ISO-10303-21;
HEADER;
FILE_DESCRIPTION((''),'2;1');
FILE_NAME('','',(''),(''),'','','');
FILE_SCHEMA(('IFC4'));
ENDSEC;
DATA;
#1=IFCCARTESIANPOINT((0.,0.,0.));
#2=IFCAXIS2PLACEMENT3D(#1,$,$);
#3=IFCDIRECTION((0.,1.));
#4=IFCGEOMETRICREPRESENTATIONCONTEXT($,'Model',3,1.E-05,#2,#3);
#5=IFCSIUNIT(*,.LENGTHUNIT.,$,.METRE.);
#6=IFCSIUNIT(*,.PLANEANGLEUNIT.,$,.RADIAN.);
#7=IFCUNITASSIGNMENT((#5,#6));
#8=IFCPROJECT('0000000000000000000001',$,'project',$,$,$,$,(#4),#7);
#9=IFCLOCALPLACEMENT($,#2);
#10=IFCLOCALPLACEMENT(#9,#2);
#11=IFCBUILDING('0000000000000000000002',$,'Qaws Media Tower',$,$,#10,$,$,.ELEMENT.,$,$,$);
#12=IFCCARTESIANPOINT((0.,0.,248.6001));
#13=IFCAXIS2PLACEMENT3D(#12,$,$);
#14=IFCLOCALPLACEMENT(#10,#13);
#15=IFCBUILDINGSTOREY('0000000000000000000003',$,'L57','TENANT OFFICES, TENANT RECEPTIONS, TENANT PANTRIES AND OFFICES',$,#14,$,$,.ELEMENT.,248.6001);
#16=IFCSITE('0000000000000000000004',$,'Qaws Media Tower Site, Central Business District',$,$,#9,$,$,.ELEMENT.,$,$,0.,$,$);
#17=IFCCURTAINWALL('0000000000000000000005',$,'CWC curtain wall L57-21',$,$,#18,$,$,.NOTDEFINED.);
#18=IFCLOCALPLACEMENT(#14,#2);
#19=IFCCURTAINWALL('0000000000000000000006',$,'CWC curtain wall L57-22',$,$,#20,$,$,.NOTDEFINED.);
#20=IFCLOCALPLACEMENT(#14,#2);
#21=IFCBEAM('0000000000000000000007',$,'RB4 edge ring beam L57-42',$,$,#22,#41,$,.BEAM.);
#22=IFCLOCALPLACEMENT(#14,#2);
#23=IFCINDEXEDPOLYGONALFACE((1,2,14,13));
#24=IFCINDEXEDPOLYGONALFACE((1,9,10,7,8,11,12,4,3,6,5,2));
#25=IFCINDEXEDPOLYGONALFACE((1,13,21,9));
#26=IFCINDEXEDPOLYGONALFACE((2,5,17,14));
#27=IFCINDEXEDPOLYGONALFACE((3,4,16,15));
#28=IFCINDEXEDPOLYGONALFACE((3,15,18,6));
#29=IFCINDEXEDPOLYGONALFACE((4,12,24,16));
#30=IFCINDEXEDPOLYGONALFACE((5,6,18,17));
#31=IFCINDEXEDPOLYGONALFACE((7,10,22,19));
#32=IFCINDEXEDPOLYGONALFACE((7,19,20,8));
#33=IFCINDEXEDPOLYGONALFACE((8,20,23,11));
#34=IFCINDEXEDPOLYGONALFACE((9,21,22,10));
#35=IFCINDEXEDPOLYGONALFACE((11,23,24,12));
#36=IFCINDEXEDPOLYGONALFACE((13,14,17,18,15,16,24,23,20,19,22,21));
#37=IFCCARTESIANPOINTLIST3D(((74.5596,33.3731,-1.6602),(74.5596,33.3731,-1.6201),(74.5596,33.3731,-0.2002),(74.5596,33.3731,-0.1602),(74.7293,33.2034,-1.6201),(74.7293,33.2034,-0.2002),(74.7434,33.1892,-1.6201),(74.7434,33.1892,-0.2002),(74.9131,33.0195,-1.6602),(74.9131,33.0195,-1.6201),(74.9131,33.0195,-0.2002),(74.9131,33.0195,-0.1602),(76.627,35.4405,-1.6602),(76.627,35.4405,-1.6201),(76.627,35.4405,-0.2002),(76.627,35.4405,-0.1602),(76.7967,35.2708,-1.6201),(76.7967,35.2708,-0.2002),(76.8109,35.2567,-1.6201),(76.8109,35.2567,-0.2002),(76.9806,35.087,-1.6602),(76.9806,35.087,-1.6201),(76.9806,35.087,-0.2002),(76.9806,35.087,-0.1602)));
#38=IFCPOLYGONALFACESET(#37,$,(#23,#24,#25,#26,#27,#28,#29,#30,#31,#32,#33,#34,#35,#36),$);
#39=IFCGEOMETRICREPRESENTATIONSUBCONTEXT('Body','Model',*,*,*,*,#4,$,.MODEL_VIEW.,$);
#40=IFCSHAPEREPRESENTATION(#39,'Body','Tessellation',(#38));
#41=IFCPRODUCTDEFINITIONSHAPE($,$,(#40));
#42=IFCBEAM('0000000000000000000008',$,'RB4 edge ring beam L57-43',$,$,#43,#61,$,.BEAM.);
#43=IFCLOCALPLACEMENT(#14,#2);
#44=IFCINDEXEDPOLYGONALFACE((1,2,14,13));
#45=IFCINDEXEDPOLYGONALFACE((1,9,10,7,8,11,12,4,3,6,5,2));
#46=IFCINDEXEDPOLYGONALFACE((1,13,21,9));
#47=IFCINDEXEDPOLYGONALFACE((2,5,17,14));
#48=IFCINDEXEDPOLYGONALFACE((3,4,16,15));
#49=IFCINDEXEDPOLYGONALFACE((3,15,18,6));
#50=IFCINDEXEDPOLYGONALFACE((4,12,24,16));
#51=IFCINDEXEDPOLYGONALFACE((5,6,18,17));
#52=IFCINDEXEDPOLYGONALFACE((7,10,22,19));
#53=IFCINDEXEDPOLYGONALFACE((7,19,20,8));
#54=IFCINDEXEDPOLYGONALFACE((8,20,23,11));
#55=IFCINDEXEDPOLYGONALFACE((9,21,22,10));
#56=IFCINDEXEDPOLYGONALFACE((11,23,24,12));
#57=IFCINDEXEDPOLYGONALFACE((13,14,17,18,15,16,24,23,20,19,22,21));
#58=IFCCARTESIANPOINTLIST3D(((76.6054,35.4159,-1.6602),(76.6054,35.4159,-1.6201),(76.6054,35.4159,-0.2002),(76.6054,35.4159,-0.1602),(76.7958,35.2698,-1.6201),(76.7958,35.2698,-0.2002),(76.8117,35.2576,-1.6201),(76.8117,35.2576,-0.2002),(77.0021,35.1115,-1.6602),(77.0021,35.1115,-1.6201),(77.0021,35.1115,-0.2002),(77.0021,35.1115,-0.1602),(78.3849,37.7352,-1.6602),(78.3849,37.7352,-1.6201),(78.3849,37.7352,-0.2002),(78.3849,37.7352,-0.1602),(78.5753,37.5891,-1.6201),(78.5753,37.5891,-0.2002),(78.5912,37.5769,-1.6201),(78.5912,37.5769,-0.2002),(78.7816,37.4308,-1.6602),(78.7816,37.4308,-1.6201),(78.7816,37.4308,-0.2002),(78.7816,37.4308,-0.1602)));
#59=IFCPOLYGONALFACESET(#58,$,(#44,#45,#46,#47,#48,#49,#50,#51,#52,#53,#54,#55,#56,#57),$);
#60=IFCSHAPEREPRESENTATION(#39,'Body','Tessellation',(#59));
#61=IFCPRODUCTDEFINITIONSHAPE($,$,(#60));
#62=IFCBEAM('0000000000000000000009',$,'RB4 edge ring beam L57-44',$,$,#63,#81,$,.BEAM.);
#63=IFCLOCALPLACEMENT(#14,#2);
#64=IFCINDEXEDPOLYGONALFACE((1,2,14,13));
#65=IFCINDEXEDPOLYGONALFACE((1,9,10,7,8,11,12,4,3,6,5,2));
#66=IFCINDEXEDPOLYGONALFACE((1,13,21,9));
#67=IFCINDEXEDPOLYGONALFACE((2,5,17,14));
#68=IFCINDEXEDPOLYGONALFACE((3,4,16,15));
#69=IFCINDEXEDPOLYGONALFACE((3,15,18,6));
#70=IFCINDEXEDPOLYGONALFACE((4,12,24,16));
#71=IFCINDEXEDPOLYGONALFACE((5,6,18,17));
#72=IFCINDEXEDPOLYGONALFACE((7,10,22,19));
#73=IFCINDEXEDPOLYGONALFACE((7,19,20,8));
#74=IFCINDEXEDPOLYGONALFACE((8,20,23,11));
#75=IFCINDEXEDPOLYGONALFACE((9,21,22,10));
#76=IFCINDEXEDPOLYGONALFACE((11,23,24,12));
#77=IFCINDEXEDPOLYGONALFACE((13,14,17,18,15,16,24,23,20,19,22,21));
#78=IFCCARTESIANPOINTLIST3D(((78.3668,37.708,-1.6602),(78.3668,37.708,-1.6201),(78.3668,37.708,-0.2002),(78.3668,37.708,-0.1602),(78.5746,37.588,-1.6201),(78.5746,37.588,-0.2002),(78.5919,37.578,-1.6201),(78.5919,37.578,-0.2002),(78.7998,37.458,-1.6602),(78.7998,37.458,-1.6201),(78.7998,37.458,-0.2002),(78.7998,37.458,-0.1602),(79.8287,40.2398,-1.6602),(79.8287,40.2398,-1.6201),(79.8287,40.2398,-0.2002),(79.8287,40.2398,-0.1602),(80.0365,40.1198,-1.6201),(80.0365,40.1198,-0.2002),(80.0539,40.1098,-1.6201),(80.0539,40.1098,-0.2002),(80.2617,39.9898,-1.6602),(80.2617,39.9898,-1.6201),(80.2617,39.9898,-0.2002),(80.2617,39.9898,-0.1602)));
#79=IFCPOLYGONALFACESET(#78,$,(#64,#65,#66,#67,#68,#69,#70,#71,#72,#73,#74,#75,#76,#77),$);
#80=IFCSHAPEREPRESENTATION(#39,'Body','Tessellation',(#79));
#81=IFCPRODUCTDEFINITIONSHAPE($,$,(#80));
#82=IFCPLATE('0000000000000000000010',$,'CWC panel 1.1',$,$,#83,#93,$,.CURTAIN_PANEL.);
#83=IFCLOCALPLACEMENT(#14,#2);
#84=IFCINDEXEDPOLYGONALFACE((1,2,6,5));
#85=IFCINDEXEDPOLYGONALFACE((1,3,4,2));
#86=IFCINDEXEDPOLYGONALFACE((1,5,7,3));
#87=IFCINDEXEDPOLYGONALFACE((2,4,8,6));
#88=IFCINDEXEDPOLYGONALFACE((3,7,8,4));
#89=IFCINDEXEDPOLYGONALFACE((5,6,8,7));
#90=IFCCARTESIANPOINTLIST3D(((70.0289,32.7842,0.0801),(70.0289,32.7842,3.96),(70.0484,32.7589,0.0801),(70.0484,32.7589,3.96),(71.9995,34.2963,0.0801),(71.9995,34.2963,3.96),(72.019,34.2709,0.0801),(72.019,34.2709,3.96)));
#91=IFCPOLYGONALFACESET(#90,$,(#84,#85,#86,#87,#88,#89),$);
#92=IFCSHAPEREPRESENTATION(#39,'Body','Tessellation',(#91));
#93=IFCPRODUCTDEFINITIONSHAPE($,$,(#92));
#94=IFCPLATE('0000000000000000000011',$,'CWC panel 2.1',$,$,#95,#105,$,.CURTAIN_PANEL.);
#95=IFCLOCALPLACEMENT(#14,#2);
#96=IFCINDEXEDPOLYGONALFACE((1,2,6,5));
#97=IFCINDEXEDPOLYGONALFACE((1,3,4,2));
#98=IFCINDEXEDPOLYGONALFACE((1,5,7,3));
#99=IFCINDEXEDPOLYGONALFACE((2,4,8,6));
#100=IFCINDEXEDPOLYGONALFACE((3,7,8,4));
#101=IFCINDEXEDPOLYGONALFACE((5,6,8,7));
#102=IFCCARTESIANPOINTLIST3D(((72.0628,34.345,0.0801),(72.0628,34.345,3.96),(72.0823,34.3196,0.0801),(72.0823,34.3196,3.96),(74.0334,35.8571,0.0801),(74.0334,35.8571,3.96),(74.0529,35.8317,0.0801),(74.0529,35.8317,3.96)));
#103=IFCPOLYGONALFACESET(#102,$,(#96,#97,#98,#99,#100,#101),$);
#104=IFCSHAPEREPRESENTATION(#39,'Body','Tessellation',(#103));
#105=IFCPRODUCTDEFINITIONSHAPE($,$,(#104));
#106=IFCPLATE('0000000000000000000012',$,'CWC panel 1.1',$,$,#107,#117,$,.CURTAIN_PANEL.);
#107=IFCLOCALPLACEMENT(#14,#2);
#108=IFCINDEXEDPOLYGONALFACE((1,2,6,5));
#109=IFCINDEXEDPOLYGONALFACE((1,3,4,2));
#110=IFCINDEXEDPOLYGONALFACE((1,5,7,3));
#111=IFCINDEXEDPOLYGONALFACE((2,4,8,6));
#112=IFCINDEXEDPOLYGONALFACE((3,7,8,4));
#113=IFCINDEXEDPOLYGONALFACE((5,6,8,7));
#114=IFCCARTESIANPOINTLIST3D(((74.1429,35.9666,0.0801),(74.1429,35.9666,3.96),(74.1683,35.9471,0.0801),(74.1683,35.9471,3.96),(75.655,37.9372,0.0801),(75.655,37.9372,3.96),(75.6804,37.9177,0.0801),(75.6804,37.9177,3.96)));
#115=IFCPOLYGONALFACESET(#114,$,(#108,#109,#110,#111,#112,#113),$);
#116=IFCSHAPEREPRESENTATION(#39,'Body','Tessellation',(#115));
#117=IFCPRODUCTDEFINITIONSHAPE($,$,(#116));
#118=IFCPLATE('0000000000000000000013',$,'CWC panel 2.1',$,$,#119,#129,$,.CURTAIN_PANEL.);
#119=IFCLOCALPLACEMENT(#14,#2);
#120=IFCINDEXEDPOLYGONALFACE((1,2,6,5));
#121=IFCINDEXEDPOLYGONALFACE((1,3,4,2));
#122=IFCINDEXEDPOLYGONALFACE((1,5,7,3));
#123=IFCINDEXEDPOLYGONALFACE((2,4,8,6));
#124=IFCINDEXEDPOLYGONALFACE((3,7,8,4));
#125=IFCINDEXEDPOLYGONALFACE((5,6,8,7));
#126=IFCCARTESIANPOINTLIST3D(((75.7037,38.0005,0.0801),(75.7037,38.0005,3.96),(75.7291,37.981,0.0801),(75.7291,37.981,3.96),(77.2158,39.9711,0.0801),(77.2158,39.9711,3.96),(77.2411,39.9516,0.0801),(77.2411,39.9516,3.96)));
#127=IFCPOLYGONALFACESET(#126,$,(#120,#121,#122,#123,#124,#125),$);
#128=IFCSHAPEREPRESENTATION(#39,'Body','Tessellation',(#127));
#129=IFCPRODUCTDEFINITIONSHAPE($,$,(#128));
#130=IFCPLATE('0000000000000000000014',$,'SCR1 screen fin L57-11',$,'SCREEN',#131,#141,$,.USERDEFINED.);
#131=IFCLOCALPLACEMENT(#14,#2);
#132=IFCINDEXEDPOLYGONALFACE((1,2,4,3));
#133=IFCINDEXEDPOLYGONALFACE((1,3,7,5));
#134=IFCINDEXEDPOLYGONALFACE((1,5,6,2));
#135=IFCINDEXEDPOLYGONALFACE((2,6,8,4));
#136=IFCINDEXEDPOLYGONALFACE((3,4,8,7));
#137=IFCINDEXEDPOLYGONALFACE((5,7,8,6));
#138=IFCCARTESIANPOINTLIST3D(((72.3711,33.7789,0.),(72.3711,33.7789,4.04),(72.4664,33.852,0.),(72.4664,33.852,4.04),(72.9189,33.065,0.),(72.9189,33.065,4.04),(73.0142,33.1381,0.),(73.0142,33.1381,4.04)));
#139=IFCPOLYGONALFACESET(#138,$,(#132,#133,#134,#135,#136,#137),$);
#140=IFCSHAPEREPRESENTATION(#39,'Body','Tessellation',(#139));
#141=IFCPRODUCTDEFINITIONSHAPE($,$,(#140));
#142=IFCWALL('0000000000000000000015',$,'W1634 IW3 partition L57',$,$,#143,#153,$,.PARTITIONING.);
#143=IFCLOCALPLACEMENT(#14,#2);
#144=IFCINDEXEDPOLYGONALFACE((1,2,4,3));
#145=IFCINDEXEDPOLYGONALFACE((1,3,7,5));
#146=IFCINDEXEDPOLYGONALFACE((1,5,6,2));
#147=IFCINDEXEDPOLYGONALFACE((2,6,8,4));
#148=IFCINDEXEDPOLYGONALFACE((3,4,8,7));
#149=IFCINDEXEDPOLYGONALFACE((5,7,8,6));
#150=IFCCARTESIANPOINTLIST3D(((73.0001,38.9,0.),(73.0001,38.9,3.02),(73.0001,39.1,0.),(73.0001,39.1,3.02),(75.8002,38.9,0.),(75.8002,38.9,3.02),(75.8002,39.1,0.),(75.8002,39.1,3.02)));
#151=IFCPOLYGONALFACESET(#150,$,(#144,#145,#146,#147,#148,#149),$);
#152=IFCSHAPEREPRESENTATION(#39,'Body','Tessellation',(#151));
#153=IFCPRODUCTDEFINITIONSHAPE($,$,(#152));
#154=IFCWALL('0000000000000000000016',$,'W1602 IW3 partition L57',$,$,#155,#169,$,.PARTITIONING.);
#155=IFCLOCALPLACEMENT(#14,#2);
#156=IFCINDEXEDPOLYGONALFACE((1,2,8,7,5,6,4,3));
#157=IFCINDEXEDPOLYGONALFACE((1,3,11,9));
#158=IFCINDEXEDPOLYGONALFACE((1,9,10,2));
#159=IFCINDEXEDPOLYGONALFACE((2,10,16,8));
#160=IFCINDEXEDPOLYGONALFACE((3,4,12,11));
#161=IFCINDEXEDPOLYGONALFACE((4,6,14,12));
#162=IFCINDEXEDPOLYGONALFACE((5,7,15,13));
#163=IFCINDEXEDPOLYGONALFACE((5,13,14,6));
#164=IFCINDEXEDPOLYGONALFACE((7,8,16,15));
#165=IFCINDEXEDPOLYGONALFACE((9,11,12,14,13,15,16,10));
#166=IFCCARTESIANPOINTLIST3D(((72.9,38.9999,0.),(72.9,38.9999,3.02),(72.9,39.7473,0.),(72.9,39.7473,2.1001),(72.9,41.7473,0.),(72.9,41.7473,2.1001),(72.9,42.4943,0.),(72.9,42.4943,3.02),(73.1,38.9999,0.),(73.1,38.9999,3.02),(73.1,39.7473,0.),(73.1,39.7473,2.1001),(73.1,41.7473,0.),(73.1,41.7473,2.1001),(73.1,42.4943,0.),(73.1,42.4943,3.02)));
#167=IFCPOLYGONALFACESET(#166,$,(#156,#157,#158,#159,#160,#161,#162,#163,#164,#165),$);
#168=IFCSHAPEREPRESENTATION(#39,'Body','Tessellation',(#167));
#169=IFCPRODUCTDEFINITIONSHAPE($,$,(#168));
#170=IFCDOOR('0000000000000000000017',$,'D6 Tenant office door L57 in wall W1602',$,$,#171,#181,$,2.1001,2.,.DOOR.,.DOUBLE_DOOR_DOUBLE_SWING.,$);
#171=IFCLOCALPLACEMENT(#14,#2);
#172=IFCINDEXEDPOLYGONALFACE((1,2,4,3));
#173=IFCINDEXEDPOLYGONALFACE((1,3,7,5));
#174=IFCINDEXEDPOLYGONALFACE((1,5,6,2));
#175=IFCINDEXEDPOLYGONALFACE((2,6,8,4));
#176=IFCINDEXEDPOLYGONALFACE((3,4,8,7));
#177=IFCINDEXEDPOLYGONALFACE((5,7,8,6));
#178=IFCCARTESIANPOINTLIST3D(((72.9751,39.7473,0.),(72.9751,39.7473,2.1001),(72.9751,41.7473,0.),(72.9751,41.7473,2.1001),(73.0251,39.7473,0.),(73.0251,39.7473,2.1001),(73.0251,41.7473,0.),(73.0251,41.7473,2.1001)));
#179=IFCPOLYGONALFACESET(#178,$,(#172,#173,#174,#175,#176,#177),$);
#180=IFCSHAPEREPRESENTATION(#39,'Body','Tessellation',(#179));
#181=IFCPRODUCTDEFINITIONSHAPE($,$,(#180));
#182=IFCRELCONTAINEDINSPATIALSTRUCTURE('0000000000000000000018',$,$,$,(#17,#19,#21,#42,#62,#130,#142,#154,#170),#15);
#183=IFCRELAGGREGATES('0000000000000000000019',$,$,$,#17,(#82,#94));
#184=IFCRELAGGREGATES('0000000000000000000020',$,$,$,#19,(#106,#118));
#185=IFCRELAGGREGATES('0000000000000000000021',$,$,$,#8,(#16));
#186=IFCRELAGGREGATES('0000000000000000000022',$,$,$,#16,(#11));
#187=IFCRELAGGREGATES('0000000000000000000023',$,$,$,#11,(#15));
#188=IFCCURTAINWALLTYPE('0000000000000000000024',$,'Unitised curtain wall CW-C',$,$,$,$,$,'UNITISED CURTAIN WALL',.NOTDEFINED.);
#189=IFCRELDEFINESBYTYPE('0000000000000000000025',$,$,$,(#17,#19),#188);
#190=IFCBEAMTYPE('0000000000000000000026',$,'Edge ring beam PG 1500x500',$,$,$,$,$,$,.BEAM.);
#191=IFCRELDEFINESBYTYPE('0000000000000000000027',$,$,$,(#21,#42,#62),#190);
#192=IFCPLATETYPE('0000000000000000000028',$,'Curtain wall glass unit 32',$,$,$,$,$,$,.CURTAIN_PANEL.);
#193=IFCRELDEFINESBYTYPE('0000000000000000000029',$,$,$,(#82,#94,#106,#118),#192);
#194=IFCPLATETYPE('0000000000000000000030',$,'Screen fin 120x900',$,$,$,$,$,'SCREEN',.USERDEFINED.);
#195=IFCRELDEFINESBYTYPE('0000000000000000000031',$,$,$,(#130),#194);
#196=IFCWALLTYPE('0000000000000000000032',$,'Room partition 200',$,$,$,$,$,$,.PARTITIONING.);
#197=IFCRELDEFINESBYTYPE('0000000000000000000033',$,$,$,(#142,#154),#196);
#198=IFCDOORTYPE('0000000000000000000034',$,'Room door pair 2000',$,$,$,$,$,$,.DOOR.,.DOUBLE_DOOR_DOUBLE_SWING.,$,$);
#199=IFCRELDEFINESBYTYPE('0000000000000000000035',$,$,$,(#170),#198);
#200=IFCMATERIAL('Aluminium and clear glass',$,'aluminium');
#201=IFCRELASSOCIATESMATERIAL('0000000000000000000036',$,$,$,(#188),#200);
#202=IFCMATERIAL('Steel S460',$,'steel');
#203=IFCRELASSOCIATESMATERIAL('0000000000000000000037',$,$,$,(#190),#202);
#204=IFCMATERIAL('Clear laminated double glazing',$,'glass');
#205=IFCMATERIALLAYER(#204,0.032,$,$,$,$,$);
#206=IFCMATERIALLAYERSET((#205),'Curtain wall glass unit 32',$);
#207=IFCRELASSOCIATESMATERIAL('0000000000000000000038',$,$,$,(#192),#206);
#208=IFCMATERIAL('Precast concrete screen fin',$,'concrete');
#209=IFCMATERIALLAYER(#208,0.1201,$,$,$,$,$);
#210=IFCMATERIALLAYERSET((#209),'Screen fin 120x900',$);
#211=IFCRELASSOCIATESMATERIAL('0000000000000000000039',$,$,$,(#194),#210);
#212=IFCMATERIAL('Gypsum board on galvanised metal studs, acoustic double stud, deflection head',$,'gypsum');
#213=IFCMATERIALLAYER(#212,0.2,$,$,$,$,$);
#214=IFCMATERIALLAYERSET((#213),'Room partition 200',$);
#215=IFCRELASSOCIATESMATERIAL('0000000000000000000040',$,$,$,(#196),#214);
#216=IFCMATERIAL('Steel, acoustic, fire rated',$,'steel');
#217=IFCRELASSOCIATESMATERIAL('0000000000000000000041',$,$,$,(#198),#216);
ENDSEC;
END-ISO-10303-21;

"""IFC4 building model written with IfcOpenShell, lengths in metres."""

from ifc_helpers import new_model, si_unit, direction, frame, frame_2d, origin, origin_2d, place, context, subcontext, project, spatial, rectangle, i_section, extrude, material, layer, layer_set, material_profile, profile_set, type_object, element, fill, aggregate, save


model = new_model("IFC4")

# Units and contexts
model_context = context("Model", 3, precision=1e-05, world=origin(), true_north=direction((0.0, 1.0)))
body_context = subcontext(model_context, "Body", "Model", "MODEL_VIEW")
ifc_project = project(units=[si_unit("LENGTHUNIT", "METRE"), si_unit("PLANEANGLEUNIT", "RADIAN")], contexts=[model_context])

# Site, building, storey
site_placement = place(None, origin())
site = spatial("IfcSite", under=ifc_project, at=site_placement, Name="Qaws Media Tower Site, Central Business District", CompositionType="ELEMENT", RefElevation=0.0)
building_placement = place(site_placement, origin())
building = spatial("IfcBuilding", under=site, at=building_placement, Name="Qaws Media Tower", CompositionType="ELEMENT")
storey_placement = place(building_placement, frame((0.0, 0.0, 248.6001)))
storey = spatial("IfcBuildingStorey", under=building, at=storey_placement, Name="L57", Description="TENANT OFFICES, TENANT RECEPTIONS, TENANT PANTRIES AND OFFICES", CompositionType="ELEMENT", Elevation=248.6001)

# Curtain walls
ifc_material_1 = material(Name="Aluminium and clear glass", Category="aluminium")
curtain_wall_type = type_object("IfcCurtainWallType", Name="Unitised curtain wall CW-C", ElementType="UNITISED CURTAIN WALL", PredefinedType="NOTDEFINED", material=ifc_material_1)
curtain_wall_1_placement = place(storey_placement, origin())
curtain_wall_1 = element("IfcCurtainWall", 1, at=curtain_wall_1_placement, inside=storey, type_object=curtain_wall_type, Name="CWC curtain wall L57-21", PredefinedType="NOTDEFINED")
curtain_wall_2_placement = place(storey_placement, origin())
curtain_wall_2 = element("IfcCurtainWall", 2, at=curtain_wall_2_placement, inside=storey, type_object=curtain_wall_type, Name="CWC curtain wall L57-22", PredefinedType="NOTDEFINED")

# Beams
ifc_material_2 = material(Name="Steel S460", Category="steel")
ifc_material_profile_1 = material_profile(ifc_material_2, i_section(OverallWidth=0.5, OverallDepth=1.5, WebThickness=0.02, FlangeThickness=0.04, at=origin_2d()), Name="PG 1500x500")
ifc_profile_set_1 = profile_set([ifc_material_profile_1], Name="Steel S460")
beam_type = type_object("IfcBeamType", Name="Edge ring beam PG 1500x500", PredefinedType="BEAM", material=ifc_profile_set_1)
beam_1_placement = place(storey_placement, frame((74.7363, 33.1963, -0.9102), z_axis=(0.707107, 0.707107, 0.0), x_axis=(-0.707107, 0.707107, 0.0)))
element("IfcBeam", 3, at=beam_1_placement, inside=storey, type_object=beam_type, Name="RB4 edge ring beam L57-42", PredefinedType="BEAM", context=body_context, shape_type="SweptSolid", body=[
    extrude(i_section(OverallWidth=0.5, OverallDepth=1.5, WebThickness=0.02, FlangeThickness=0.04, at=origin_2d()), origin(), (0.0, 0.0, 1.0), 2.9238),
])
beam_2_placement = place(storey_placement, frame((76.8037, 35.2637, -0.9102), z_axis=(0.60873, 0.793378, 0.0), x_axis=(-0.793378, 0.60873, 0.0)))
element("IfcBeam", 4, at=beam_2_placement, inside=storey, type_object=beam_type, Name="RB4 edge ring beam L57-43", PredefinedType="BEAM", context=body_context, shape_type="SweptSolid", body=[
    extrude(i_section(OverallWidth=0.5, OverallDepth=1.5, WebThickness=0.02, FlangeThickness=0.04, at=origin_2d()), origin(), (0.0, 0.0, 1.0), 2.9233),
])
beam_3_placement = place(storey_placement, frame((78.5833, 37.583, -0.9102), z_axis=(0.500055, 0.865994, 0.0), x_axis=(-0.865994, 0.500055, 0.0)))
element("IfcBeam", 5, at=beam_3_placement, inside=storey, type_object=beam_type, Name="RB4 edge ring beam L57-44", PredefinedType="BEAM", context=body_context, shape_type="SweptSolid", body=[
    extrude(i_section(OverallWidth=0.5, OverallDepth=1.5, WebThickness=0.02, FlangeThickness=0.04, at=origin_2d()), origin(), (0.0, 0.0, 1.0), 2.9236),
])

# Plates
ifc_material_3 = material(Name="Clear laminated double glazing", Category="glass")
ifc_layer_1 = layer(ifc_material_3, 0.032)
ifc_layer_set_1 = layer_set([ifc_layer_1], Name="Curtain wall glass unit 32")
plate_type_1 = type_object("IfcPlateType", Name="Curtain wall glass unit 32", PredefinedType="CURTAIN_PANEL", material=ifc_layer_set_1)
plate_1_placement = place(storey_placement, frame((71.0239, 33.5276, 0.0801), z_axis=(0.0, 0.0, 1.0), x_axis=(0.793353, 0.608762, 0.0)))
plate_1 = element("IfcPlate", 6, at=plate_1_placement, type_object=plate_type_1, Name="CWC panel 1.1", PredefinedType="CURTAIN_PANEL", context=body_context, shape_type="SweptSolid", body=[
    extrude(rectangle(XDim=2.4839, YDim=0.032, at=origin_2d()), origin(), (0.0, 0.0, 1.0), 3.8799),
])
plate_2_placement = place(storey_placement, frame((73.0579, 35.0884, 0.0801), z_axis=(0.0, 0.0, 1.0), x_axis=(0.793353, 0.608762, 0.0)))
plate_2 = element("IfcPlate", 7, at=plate_2_placement, type_object=plate_type_1, Name="CWC panel 2.1", PredefinedType="CURTAIN_PANEL", context=body_context, shape_type="SweptSolid", body=[
    extrude(rectangle(XDim=2.4839, YDim=0.032, at=origin_2d()), origin(), (0.0, 0.0, 1.0), 3.8799),
])
aggregate(curtain_wall_1, [plate_1, plate_2])
plate_3_placement = place(storey_placement, frame((74.9116, 36.9421, 0.0801), z_axis=(0.0, 0.0, 1.0), x_axis=(0.608762, 0.793353, 0.0)))
plate_3 = element("IfcPlate", 8, at=plate_3_placement, type_object=plate_type_1, Name="CWC panel 1.1", PredefinedType="CURTAIN_PANEL", context=body_context, shape_type="SweptSolid", body=[
    extrude(rectangle(XDim=2.4839, YDim=0.032, at=origin_2d()), origin(), (0.0, 0.0, 1.0), 3.8799),
])
plate_4_placement = place(storey_placement, frame((76.4724, 38.9761, 0.0801), z_axis=(0.0, 0.0, 1.0), x_axis=(0.608762, 0.793353, 0.0)))
plate_4 = element("IfcPlate", 9, at=plate_4_placement, type_object=plate_type_1, Name="CWC panel 2.1", PredefinedType="CURTAIN_PANEL", context=body_context, shape_type="SweptSolid", body=[
    extrude(rectangle(XDim=2.4839, YDim=0.032, at=origin_2d()), origin(), (0.0, 0.0, 1.0), 3.8799),
])
aggregate(curtain_wall_2, [plate_3, plate_4])
ifc_material_4 = material(Name="Precast concrete screen fin", Category="concrete")
ifc_layer_2 = layer(ifc_material_4, 0.1201)
ifc_layer_set_2 = layer_set([ifc_layer_2], Name="Screen fin 120x900")
plate_type_2 = type_object("IfcPlateType", Name="Screen fin 120x900", ElementType="SCREEN", PredefinedType="USERDEFINED", material=ifc_layer_set_2)
plate_5_placement = place(storey_placement, frame((72.6926, 33.4585, 0.0), z_axis=(0.0, 0.0, 1.0), x_axis=(0.608761, -0.793353, 0.0)))
element("IfcPlate", 10, at=plate_5_placement, inside=storey, type_object=plate_type_2, Name="SCR1 screen fin L57-11", ObjectType="SCREEN", PredefinedType="USERDEFINED", context=body_context, shape_type="SweptSolid", body=[
    extrude(rectangle(XDim=0.8999, YDim=0.1201, at=origin_2d()), origin(), (0.0, 0.0, 1.0), 4.04),
])

# Wall
ifc_material_5 = material(Name="Gypsum board on galvanised metal studs, acoustic double stud, deflection head", Category="gypsum")
ifc_layer_3 = layer(ifc_material_5, 0.2)
ifc_layer_set_3 = layer_set([ifc_layer_3], Name="Room partition 200")
wall_type = type_object("IfcWallType", Name="Room partition 200", PredefinedType="PARTITIONING", material=ifc_layer_set_3)
wall_1_placement = place(storey_placement, frame((75.8, 39.0, 0.0), z_axis=(0.0, 0.0, 1.0), x_axis=(-1.0, 0.0, 0.0)))
element("IfcWall", 11, at=wall_1_placement, inside=storey, type_object=wall_type, Name="W1634 IW3 partition L57", PredefinedType="PARTITIONING", context=body_context, shape_type="SweptSolid", body=[
    extrude(rectangle(XDim=2.8, YDim=0.2, at=frame_2d((1.3999, 0.0))), origin(), (0.0, 0.0, 1.0), 3.02),
])

# Wall, opening, door
wall_2_placement = place(storey_placement, frame((73.0, 39.0, 0.0), z_axis=(0.0, 0.0, 1.0), x_axis=(0.0, 1.0, 0.0)))
wall_2 = element("IfcWall", 12, at=wall_2_placement, inside=storey, type_object=wall_type, Name="W1602 IW3 partition L57", PredefinedType="PARTITIONING", context=body_context, shape_type="SweptSolid", body=[
    extrude(rectangle(XDim=3.4944, YDim=0.2, at=frame_2d((1.7471, 0.0))), origin(), (0.0, 0.0, 1.0), 3.02),
])
opening_placement = place(wall_2_placement, frame((0.7473, 0.0, 0.0)))
opening = element("IfcOpeningElement", 13, at=opening_placement, cuts=wall_2, PredefinedType="OPENING", context=body_context, shape_type="SweptSolid", body=[
    extrude(rectangle(XDim=2.0, YDim=2.1001, at=frame_2d((1.0, 1.05))), frame((0.0, 0.1099, 0.0), z_axis=(0.0, -1.0, 0.0), x_axis=(1.0, 0.0, 0.0)), (0.0, 0.0, 1.0), 0.22),
])
ifc_material_6 = material(Name="Steel, acoustic, fire rated", Category="steel")
door_type = type_object("IfcDoorType", Name="Room door pair 2000", OperationType="DOUBLE_DOOR_DOUBLE_SWING", PredefinedType="DOOR", material=ifc_material_6)
door_placement = place(opening_placement, origin())
door = element("IfcDoor", 14, at=door_placement, inside=storey, type_object=door_type, Name="D6 Tenant office door L57 in wall W1602", OperationType="DOUBLE_DOOR_DOUBLE_SWING", OverallHeight=2.1001, OverallWidth=2.0, PredefinedType="DOOR", context=body_context, shape_type="SweptSolid", body=[
    extrude(rectangle(XDim=2.0, YDim=2.1001, at=frame_2d((1.0, 1.05))), frame((0.0, 0.0249, 0.0), z_axis=(0.0, -1.0, 0.0), x_axis=(1.0, 0.0, 0.0)), (0.0, 0.0, 1.0), 0.05),
])
fill(opening, door)

save(model, "model.ifc")
